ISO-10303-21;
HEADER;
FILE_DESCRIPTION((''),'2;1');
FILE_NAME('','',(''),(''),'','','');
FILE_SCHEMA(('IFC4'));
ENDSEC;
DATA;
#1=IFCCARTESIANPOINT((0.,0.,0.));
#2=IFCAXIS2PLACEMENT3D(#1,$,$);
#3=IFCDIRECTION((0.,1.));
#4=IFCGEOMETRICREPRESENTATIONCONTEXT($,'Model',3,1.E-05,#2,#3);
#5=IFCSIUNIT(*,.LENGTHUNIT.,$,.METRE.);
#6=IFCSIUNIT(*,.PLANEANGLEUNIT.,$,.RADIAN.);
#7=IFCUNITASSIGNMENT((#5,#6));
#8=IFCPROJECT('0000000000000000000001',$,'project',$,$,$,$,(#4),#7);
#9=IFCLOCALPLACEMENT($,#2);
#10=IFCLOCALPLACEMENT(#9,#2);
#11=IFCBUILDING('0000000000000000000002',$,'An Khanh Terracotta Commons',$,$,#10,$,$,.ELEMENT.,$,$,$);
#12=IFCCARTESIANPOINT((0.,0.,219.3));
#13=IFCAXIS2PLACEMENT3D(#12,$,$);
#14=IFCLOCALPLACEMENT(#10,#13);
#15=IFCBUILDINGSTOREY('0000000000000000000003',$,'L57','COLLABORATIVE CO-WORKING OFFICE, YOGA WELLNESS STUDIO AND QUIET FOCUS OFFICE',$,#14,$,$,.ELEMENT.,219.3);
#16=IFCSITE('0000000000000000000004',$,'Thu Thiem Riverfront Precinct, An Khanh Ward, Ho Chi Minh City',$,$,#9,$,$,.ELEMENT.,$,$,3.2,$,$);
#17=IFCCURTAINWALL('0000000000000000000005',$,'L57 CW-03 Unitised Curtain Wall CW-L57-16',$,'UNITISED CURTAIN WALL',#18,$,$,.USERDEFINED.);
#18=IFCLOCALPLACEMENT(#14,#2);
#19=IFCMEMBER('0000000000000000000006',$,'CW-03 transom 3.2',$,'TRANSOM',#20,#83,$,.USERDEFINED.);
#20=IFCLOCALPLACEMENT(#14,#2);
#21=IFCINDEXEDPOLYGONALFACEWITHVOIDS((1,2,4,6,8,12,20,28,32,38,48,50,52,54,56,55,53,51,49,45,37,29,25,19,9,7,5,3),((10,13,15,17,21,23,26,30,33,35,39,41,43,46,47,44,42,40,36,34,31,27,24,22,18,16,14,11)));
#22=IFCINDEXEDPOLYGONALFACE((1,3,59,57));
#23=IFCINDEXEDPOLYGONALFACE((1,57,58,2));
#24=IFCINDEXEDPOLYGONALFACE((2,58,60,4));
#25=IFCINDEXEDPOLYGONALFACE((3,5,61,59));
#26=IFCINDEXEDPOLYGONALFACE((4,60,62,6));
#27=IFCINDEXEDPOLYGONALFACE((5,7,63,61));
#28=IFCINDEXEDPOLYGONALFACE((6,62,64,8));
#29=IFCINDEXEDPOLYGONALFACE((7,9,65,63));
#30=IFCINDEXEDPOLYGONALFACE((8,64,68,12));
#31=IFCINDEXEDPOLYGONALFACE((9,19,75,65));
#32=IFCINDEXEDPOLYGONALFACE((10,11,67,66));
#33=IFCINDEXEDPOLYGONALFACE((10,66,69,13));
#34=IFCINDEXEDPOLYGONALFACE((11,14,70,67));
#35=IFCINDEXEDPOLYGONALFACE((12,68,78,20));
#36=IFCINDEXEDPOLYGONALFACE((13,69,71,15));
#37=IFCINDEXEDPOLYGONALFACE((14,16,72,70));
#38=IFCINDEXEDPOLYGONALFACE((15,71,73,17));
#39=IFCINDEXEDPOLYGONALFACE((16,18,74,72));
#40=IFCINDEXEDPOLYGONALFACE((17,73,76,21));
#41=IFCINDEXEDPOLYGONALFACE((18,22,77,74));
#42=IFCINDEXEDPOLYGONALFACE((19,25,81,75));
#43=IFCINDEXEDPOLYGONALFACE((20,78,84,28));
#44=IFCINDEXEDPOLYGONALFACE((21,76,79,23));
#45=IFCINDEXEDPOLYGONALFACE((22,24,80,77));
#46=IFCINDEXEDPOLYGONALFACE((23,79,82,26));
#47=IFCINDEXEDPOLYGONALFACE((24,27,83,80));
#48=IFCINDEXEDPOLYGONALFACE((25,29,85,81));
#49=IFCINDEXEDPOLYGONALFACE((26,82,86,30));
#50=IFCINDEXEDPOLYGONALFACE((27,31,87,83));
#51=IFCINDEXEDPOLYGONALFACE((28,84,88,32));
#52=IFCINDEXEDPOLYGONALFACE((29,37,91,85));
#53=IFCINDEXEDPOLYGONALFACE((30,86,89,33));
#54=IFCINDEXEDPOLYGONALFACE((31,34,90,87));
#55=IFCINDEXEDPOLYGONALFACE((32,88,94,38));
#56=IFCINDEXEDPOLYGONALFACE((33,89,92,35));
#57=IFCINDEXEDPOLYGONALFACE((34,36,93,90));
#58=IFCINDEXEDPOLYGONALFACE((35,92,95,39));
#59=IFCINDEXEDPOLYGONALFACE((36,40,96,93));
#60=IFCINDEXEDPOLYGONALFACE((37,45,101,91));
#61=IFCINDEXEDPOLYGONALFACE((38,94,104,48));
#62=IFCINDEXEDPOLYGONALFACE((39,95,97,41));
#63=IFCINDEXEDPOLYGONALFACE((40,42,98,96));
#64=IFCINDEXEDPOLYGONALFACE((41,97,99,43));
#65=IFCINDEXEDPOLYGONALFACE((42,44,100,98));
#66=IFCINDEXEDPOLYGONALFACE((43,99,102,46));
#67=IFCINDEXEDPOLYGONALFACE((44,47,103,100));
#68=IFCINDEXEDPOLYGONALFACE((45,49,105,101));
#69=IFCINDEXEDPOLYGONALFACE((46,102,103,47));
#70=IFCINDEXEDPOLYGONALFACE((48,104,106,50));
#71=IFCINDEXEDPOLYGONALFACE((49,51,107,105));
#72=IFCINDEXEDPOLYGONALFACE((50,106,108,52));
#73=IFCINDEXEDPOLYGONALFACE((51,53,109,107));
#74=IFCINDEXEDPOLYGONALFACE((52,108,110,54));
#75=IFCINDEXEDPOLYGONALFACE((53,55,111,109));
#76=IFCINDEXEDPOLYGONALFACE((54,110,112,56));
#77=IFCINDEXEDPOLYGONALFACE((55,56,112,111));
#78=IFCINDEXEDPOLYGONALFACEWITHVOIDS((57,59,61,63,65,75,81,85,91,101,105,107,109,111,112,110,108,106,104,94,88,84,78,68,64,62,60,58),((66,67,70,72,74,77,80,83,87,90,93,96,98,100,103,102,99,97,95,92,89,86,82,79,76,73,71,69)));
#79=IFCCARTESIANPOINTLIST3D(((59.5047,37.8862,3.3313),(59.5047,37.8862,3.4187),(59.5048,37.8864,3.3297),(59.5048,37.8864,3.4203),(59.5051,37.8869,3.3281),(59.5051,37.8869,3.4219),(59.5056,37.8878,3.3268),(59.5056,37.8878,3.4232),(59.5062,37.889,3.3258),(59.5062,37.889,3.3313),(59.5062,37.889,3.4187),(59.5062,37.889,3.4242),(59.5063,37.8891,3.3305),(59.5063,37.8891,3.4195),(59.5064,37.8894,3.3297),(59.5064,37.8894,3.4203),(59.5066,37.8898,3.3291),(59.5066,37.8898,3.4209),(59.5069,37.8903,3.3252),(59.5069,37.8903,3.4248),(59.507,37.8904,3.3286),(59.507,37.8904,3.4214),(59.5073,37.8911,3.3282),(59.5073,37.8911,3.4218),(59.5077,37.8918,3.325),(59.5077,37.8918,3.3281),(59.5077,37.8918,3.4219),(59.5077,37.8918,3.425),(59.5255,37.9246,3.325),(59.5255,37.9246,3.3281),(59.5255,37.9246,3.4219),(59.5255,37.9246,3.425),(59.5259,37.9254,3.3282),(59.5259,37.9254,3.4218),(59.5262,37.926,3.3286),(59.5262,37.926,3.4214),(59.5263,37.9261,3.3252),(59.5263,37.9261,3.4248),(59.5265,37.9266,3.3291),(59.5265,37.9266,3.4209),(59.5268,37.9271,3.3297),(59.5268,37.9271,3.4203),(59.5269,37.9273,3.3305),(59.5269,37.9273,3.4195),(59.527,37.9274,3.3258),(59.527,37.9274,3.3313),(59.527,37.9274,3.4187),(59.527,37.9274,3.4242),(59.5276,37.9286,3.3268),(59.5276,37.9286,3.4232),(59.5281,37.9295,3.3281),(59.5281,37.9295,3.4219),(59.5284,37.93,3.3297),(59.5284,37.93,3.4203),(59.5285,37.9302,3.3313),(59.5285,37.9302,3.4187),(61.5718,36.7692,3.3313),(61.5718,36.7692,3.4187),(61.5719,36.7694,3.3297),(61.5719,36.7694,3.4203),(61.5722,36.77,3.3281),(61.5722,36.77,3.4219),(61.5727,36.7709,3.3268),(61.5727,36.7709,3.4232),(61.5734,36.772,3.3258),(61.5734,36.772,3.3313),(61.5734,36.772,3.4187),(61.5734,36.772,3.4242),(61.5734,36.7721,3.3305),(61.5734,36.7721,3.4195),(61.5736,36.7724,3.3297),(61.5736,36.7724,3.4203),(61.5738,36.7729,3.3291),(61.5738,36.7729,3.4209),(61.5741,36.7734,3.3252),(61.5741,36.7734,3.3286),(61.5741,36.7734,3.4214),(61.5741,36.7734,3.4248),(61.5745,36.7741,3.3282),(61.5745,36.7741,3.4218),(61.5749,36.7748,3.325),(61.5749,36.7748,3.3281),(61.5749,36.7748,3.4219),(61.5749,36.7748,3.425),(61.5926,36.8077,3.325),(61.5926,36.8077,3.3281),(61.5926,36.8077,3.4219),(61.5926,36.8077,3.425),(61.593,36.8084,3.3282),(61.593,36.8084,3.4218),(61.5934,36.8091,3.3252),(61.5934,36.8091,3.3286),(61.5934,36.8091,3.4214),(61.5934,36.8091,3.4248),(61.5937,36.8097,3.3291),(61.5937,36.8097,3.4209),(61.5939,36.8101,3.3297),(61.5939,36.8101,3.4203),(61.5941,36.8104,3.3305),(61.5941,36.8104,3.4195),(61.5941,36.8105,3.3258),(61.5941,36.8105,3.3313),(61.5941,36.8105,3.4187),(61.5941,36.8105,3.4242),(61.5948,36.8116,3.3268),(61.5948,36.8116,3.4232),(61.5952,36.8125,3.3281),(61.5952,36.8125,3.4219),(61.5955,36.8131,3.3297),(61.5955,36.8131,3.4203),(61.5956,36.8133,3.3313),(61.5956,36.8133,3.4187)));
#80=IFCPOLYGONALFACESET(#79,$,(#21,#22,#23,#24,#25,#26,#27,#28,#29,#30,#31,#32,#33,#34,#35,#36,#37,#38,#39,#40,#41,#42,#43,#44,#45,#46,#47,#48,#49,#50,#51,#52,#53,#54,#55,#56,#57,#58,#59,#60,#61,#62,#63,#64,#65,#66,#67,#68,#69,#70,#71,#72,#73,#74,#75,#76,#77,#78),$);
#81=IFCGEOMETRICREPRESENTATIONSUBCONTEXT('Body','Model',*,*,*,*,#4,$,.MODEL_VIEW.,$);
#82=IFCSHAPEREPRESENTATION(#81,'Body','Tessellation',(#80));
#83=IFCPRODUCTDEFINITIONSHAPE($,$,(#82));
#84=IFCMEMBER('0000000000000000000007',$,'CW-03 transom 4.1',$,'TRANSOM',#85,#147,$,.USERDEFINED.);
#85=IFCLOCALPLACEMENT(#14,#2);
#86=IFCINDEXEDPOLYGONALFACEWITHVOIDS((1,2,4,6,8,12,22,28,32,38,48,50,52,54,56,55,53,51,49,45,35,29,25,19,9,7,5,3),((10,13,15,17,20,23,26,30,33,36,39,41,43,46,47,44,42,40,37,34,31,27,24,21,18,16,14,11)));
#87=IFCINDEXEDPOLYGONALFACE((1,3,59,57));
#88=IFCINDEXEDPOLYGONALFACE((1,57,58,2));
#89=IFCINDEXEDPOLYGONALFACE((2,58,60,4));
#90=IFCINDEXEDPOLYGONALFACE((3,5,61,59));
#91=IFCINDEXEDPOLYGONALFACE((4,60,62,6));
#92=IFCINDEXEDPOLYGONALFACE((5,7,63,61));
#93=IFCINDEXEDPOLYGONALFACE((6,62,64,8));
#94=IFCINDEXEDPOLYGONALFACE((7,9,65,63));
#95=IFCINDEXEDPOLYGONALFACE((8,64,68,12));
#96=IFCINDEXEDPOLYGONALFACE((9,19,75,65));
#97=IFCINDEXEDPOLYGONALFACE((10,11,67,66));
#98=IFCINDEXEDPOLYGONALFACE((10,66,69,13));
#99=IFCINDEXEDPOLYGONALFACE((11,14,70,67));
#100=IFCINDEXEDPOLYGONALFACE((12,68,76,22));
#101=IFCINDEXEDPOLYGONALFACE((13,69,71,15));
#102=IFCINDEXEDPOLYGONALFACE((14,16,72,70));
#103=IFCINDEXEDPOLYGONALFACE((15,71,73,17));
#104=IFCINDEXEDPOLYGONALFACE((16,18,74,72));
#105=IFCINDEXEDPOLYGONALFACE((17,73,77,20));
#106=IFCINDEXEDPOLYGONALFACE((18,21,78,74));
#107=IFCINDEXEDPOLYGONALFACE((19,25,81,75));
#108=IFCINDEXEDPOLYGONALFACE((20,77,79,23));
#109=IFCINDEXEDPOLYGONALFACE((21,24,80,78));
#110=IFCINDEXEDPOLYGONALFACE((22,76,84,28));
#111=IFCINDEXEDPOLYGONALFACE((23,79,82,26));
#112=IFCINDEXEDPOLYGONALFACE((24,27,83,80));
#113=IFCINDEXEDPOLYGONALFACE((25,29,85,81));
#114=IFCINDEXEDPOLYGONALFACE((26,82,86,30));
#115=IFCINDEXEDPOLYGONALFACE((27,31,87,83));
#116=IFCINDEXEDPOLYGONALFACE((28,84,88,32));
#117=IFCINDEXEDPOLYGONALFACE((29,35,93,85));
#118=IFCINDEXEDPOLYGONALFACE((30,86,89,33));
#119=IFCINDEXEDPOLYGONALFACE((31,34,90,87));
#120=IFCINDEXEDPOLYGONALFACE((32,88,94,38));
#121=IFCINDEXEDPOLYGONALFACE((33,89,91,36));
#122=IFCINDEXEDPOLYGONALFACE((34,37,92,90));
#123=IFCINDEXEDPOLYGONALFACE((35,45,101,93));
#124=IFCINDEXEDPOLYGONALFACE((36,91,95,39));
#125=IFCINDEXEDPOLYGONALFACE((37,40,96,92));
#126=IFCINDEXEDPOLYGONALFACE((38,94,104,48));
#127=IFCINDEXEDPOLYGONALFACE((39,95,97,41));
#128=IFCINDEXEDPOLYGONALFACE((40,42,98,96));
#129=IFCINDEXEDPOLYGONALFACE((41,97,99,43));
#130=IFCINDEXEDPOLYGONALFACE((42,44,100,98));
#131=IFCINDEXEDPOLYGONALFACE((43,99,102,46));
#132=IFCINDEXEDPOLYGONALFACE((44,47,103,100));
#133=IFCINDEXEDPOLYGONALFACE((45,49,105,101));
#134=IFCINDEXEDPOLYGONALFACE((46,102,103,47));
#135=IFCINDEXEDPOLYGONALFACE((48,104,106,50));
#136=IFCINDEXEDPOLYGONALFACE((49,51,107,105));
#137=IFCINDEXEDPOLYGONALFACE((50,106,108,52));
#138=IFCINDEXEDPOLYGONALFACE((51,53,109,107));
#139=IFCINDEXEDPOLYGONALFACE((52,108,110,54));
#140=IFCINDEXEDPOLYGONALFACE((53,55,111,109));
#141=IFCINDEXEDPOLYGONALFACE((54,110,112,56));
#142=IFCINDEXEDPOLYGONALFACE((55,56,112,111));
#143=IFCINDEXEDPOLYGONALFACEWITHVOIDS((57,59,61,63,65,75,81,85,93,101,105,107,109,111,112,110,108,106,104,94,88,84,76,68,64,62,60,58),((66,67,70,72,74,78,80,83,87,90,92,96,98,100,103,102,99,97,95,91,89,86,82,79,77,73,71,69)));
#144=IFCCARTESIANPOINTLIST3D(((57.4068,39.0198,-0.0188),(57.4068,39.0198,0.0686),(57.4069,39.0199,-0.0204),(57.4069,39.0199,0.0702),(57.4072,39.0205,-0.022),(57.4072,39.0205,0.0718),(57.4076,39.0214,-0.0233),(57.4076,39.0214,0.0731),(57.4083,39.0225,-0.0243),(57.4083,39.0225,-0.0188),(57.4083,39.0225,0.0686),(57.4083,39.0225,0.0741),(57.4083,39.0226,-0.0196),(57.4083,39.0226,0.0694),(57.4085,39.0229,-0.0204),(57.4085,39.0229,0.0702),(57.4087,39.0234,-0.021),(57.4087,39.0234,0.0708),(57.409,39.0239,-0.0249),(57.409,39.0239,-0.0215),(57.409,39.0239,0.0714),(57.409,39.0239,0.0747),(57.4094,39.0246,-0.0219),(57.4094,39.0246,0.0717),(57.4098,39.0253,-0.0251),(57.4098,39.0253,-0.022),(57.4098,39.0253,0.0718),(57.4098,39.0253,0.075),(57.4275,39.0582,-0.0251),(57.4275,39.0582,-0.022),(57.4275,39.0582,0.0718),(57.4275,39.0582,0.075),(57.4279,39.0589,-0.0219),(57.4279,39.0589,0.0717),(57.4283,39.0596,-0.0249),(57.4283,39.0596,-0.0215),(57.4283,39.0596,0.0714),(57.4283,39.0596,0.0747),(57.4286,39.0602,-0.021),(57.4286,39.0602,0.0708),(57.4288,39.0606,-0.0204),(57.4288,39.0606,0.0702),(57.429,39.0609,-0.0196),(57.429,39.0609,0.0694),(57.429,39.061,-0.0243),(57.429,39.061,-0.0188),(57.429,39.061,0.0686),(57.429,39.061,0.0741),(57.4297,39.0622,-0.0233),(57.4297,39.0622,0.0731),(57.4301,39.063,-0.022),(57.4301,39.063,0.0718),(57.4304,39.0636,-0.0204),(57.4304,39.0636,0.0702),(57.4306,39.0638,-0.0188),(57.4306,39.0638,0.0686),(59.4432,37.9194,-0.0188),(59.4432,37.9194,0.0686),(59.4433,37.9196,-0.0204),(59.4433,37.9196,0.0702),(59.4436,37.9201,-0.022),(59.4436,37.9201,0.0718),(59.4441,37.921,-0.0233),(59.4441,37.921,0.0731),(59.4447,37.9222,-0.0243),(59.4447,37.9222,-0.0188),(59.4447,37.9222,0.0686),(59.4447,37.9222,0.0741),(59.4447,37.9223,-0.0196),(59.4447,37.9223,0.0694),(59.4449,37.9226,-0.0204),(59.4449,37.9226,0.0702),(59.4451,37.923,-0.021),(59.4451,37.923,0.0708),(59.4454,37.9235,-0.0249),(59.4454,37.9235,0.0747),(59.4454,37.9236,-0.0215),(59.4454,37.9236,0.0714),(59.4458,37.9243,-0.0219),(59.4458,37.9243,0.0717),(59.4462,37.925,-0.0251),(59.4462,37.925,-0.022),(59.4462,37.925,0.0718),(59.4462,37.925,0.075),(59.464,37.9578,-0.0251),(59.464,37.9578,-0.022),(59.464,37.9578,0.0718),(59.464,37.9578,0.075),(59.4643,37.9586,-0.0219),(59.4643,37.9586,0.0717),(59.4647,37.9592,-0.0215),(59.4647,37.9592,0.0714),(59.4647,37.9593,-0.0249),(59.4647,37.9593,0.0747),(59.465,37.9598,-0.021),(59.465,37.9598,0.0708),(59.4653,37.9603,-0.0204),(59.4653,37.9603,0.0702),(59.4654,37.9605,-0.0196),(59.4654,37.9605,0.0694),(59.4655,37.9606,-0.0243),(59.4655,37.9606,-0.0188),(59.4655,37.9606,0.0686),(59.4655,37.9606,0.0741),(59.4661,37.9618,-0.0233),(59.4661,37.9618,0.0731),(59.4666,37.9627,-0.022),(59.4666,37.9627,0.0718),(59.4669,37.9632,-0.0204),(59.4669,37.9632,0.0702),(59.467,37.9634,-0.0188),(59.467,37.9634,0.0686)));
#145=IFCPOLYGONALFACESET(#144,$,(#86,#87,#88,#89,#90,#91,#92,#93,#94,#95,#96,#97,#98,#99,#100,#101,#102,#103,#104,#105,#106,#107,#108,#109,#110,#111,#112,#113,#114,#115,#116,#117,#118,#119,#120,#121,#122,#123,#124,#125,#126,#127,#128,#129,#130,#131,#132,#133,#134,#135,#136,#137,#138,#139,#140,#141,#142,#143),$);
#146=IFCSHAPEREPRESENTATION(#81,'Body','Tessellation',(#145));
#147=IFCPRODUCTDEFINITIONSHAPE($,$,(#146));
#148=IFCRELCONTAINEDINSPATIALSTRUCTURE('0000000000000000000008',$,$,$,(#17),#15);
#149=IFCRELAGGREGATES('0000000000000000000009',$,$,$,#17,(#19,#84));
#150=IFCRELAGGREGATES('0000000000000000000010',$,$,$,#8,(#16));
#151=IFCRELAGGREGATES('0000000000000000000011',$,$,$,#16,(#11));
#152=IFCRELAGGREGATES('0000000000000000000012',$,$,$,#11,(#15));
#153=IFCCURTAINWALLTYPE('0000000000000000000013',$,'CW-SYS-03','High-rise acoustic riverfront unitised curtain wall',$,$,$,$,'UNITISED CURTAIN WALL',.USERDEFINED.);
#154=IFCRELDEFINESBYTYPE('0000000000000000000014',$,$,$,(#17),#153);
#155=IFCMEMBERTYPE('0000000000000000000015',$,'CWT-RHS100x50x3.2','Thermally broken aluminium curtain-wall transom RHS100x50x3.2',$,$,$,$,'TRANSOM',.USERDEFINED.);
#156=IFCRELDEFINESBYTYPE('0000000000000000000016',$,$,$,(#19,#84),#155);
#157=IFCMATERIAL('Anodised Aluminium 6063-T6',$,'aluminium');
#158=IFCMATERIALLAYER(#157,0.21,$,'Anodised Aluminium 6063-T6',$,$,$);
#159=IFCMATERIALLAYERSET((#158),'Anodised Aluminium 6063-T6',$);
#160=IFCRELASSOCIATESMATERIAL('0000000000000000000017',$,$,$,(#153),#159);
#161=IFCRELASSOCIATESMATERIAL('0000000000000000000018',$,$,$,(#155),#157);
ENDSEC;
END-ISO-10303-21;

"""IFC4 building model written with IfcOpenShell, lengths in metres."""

from ifc_helpers import new_model, si_unit, direction, frame, origin, origin_2d, place, context, subcontext, project, spatial, hollow_rectangle, extrude, material, layer, layer_set, material_profile, profile_set, type_object, element, aggregate, save


model = new_model("IFC4")

# Units and contexts
model_context = context("Model", 3, precision=1e-05, world=origin(), true_north=direction((0.0, 1.0)))
body_context = subcontext(model_context, "Body", "Model", "MODEL_VIEW")
ifc_project = project(units=[si_unit("LENGTHUNIT", "METRE"), si_unit("PLANEANGLEUNIT", "RADIAN")], contexts=[model_context])

# Site, building, storey
site_placement = place(None, origin())
site = spatial("IfcSite", under=ifc_project, at=site_placement, Name="Thu Thiem Riverfront Precinct, An Khanh Ward, Ho Chi Minh City", CompositionType="ELEMENT", RefElevation=3.2)
building_placement = place(site_placement, origin())
building = spatial("IfcBuilding", under=site, at=building_placement, Name="An Khanh Terracotta Commons", CompositionType="ELEMENT")
storey_placement = place(building_placement, frame((0.0, 0.0, 219.3)))
storey = spatial("IfcBuildingStorey", under=building, at=storey_placement, Name="L57", Description="COLLABORATIVE CO-WORKING OFFICE, YOGA WELLNESS STUDIO AND QUIET FOCUS OFFICE", CompositionType="ELEMENT", Elevation=219.3)

# Curtain wall, members
ifc_material_1 = material(Name="Anodised Aluminium 6063-T6", Category="aluminium")
ifc_layer_1 = layer(ifc_material_1, 0.21, Name="Anodised Aluminium 6063-T6")
ifc_layer_set_1 = layer_set([ifc_layer_1], Name="Anodised Aluminium 6063-T6")
curtain_wall_type = type_object("IfcCurtainWallType", Name="CW-SYS-03", Description="High-rise acoustic riverfront unitised curtain wall", ElementType="UNITISED CURTAIN WALL", PredefinedType="USERDEFINED", material=ifc_layer_set_1)
curtain_wall_placement = place(storey_placement, origin())
curtain_wall = element("IfcCurtainWall", 1, at=curtain_wall_placement, inside=storey, type_object=curtain_wall_type, Name="L57 CW-03 Unitised Curtain Wall CW-L57-16", ObjectType="UNITISED CURTAIN WALL", PredefinedType="USERDEFINED")
ifc_material_profile_1 = material_profile(ifc_material_1, hollow_rectangle(XDim=0.05, YDim=0.1001, WallThickness=0.0032, InnerFilletRadius=0.0032, OuterFilletRadius=0.0063, at=origin_2d()), Name="RHS100x50x3.2")
ifc_profile_set_1 = profile_set([ifc_material_profile_1], Name="Anodised Aluminium 6063-T6")
member_type_1 = type_object("IfcMemberType", Name="CWT-RHS100x50x3.2", Description="Thermally broken aluminium curtain-wall transom RHS100x50x3.2", ElementType="TRANSOM", PredefinedType="USERDEFINED", material=ifc_profile_set_1)
member_1_placement = place(storey_placement, frame((61.5837, 36.7913, 3.375), z_axis=(-0.879783, 0.475376, 0.0), x_axis=(-0.475376, -0.879783, 0.0)))
member_1 = element("IfcMember", 2, at=member_1_placement, type_object=member_type_1, Name="CW-03 transom 3.2", ObjectType="TRANSOM", PredefinedType="USERDEFINED", context=body_context, shape_type="SweptSolid", body=[
    extrude(hollow_rectangle(XDim=0.05, YDim=0.1001, WallThickness=0.0032, InnerFilletRadius=0.0032, OuterFilletRadius=0.0063, at=origin_2d()), origin(), (0.0, 0.0, 1.0), 2.3496),
])
member_2_placement = place(storey_placement, frame((59.4551, 37.9414, 0.0249), z_axis=(-0.879779, 0.475382, 0.0), x_axis=(-0.475382, -0.879779, 0.0)))
member_2 = element("IfcMember", 3, at=member_2_placement, type_object=member_type_1, Name="CW-03 transom 4.1", ObjectType="TRANSOM", PredefinedType="USERDEFINED", context=body_context, shape_type="SweptSolid", body=[
    extrude(hollow_rectangle(XDim=0.05, YDim=0.1001, WallThickness=0.0032, InnerFilletRadius=0.0032, OuterFilletRadius=0.0063, at=origin_2d()), origin(), (0.0, 0.0, 1.0), 2.3147),
])
aggregate(curtain_wall, [member_1, member_2])

save(model, "model.ifc")
